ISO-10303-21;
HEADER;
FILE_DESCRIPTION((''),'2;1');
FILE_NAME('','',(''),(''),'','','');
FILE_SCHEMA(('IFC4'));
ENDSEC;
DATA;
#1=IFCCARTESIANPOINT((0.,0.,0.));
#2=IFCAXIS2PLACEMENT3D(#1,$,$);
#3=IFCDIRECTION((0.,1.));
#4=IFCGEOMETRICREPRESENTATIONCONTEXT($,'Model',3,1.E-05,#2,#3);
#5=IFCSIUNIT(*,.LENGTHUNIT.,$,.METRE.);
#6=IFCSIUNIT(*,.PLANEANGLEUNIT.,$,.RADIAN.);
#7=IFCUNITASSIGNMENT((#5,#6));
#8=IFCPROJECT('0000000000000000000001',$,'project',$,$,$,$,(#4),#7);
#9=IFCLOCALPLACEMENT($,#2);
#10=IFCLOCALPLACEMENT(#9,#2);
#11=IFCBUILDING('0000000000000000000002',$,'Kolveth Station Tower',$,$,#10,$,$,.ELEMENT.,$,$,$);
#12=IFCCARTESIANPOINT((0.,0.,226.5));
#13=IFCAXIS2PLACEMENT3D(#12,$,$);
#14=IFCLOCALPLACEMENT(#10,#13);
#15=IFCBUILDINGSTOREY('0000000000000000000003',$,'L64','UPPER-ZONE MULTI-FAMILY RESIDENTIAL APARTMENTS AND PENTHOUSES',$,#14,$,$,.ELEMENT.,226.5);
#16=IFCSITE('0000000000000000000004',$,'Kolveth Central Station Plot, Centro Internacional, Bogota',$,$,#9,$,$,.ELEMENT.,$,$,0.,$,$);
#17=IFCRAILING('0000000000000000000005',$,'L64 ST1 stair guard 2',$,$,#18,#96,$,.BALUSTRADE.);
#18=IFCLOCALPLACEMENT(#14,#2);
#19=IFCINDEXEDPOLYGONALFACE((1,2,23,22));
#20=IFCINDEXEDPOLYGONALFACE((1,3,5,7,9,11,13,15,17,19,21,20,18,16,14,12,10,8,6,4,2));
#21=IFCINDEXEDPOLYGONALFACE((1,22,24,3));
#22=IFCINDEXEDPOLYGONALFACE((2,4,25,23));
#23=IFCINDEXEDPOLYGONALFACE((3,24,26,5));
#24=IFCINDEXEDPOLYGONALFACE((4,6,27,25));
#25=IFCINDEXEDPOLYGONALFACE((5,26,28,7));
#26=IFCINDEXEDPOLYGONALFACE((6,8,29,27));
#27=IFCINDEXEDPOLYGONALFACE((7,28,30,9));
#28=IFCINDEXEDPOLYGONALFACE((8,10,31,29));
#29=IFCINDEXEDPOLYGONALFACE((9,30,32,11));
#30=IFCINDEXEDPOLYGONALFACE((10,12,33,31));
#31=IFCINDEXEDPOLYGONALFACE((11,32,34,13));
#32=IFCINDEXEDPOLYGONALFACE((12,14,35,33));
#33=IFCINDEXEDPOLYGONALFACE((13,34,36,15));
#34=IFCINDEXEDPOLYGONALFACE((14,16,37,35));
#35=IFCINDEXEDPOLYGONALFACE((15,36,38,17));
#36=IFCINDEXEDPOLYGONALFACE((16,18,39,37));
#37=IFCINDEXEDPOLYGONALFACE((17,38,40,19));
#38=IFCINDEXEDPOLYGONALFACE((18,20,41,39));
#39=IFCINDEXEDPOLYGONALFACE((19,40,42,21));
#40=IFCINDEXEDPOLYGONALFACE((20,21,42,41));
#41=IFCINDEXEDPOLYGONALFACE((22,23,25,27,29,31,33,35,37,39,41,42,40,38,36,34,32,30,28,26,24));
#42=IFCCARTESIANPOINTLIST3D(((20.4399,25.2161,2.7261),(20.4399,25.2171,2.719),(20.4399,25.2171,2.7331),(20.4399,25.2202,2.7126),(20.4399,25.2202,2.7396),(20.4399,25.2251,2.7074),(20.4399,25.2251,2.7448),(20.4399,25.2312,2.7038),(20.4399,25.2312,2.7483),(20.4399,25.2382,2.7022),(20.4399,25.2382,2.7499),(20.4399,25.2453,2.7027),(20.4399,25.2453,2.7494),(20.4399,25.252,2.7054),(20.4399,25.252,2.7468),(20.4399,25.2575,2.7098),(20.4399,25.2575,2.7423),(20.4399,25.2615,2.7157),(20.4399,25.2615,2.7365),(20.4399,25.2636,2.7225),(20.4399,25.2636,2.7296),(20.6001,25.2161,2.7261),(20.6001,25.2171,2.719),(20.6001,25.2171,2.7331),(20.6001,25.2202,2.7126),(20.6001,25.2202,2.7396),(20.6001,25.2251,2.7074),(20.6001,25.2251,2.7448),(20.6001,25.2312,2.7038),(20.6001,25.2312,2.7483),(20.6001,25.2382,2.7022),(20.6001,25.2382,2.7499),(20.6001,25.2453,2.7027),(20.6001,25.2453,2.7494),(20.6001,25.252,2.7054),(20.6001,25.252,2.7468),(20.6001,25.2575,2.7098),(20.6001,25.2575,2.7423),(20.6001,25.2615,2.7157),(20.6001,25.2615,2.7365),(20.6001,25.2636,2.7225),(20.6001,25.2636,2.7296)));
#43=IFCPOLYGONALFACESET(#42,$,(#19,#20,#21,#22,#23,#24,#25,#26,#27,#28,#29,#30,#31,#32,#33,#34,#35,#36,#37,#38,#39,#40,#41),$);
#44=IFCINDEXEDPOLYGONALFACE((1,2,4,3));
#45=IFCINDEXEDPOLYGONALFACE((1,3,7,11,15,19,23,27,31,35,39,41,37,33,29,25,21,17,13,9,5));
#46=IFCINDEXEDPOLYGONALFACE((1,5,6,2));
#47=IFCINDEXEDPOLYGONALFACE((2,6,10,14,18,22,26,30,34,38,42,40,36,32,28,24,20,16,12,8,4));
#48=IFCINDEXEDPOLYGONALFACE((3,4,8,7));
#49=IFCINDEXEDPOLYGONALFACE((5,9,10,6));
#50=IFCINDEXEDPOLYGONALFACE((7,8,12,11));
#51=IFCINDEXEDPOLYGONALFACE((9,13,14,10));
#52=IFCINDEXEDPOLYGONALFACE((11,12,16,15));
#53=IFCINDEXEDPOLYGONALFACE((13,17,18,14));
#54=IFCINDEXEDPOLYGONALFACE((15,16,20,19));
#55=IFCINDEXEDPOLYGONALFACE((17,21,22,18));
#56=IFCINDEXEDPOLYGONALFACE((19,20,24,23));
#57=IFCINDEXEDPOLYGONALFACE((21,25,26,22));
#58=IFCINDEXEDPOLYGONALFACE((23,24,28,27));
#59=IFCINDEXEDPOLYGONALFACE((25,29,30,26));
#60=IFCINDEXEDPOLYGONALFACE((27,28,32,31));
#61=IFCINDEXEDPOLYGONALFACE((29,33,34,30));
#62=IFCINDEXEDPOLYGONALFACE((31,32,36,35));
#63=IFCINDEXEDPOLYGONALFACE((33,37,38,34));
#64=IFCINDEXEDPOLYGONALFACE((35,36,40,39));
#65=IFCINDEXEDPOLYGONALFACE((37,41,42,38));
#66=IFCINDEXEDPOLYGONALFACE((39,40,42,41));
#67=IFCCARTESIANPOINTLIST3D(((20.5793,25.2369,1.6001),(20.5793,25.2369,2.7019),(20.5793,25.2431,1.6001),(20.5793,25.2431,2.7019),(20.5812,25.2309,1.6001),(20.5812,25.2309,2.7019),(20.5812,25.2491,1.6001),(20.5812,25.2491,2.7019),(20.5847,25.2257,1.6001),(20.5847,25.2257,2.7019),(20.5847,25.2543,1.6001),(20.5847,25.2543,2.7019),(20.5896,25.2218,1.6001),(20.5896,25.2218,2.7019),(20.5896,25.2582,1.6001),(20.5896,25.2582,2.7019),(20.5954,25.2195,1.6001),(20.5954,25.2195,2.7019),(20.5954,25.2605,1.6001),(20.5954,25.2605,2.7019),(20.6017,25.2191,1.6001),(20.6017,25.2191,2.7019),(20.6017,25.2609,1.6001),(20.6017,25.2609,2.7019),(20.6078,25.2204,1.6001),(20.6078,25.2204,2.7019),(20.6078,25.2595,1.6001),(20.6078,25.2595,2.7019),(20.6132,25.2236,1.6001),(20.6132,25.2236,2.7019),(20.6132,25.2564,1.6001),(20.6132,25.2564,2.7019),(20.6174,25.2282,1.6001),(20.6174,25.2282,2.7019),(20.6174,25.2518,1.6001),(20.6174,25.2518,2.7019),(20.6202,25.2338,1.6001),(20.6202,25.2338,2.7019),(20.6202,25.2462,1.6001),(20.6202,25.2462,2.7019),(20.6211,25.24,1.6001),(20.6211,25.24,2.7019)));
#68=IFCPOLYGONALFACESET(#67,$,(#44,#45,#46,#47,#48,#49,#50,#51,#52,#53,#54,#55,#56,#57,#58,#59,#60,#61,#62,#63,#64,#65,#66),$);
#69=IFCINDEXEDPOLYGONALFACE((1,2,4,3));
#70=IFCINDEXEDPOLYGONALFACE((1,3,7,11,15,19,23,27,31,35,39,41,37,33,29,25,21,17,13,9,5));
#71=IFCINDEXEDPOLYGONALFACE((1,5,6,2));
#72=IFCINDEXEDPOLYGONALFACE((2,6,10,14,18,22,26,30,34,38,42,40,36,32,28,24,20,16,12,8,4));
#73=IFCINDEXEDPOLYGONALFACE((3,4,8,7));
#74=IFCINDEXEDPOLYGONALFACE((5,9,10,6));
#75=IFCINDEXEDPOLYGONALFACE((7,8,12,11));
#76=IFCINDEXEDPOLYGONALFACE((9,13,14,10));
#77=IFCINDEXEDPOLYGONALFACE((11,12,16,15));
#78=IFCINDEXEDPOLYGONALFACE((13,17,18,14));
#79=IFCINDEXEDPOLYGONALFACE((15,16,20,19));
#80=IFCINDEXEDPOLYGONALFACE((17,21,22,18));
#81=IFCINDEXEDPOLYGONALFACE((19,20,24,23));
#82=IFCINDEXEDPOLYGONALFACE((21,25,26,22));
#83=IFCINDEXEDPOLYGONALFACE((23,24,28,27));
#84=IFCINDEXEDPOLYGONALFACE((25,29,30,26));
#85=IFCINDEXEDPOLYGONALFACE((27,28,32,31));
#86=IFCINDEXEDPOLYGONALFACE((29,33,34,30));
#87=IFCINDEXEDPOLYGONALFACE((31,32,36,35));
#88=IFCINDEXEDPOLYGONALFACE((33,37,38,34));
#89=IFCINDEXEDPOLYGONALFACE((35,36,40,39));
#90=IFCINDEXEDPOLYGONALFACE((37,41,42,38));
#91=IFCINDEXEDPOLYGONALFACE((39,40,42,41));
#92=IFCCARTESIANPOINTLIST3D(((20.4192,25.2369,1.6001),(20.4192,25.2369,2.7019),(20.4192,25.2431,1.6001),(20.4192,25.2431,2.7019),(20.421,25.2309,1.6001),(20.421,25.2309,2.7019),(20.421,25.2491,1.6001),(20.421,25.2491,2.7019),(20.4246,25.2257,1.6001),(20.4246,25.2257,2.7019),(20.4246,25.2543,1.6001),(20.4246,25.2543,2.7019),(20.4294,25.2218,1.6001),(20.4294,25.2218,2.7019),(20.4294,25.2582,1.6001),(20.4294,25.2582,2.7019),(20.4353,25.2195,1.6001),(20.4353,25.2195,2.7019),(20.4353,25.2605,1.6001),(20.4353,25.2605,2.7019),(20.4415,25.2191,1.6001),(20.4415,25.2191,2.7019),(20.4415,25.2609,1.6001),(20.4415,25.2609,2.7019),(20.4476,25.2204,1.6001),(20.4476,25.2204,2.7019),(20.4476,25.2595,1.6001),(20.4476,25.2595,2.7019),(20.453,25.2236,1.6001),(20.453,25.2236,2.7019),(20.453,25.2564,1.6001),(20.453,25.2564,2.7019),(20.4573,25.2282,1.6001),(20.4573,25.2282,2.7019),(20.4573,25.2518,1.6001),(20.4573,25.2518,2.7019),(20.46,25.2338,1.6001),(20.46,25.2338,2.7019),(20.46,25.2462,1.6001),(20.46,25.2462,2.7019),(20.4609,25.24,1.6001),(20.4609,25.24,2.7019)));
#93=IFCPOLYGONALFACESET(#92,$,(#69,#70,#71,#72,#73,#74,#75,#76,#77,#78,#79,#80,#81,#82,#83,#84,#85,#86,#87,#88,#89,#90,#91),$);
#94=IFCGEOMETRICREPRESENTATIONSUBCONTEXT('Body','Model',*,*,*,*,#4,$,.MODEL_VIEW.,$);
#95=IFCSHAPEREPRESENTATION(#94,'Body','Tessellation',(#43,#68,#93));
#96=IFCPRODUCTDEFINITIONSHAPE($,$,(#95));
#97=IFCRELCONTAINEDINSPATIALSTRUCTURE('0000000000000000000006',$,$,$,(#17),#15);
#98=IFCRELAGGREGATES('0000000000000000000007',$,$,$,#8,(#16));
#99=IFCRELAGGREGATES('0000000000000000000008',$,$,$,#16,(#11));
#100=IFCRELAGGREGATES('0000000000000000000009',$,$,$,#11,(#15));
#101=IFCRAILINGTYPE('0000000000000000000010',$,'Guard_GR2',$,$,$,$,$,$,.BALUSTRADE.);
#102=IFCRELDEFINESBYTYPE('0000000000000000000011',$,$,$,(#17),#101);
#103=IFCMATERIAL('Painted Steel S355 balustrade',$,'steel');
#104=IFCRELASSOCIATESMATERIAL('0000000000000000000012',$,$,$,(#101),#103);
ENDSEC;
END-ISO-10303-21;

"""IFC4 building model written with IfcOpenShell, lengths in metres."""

from ifc_helpers import new_model, si_unit, direction, frame, origin, origin_2d, place, context, subcontext, project, spatial, circle, extrude, material, type_object, element, save


model = new_model("IFC4")

# Units and contexts
model_context = context("Model", 3, precision=1e-05, world=origin(), true_north=direction((0.0, 1.0)))
body_context = subcontext(model_context, "Body", "Model", "MODEL_VIEW")
ifc_project = project(units=[si_unit("LENGTHUNIT", "METRE"), si_unit("PLANEANGLEUNIT", "RADIAN")], contexts=[model_context])

# Site, building, storey
site_placement = place(None, origin())
site = spatial("IfcSite", under=ifc_project, at=site_placement, Name="Kolveth Central Station Plot, Centro Internacional, Bogota", CompositionType="ELEMENT", RefElevation=0.0)
building_placement = place(site_placement, origin())
building = spatial("IfcBuilding", under=site, at=building_placement, Name="Kolveth Station Tower", CompositionType="ELEMENT")
storey_placement = place(building_placement, frame((0.0, 0.0, 226.5)))
storey = spatial("IfcBuildingStorey", under=building, at=storey_placement, Name="L64", Description="UPPER-ZONE MULTI-FAMILY RESIDENTIAL APARTMENTS AND PENTHOUSES", CompositionType="ELEMENT", Elevation=226.5)

# Railing
ifc_material_1 = material(Name="Painted Steel S355 balustrade", Category="steel")
railing_type_1 = type_object("IfcRailingType", Name="Guard_GR2", PredefinedType="BALUSTRADE", material=ifc_material_1)
railing_1_placement = place(storey_placement, frame((20.6001, 25.24, 1.6001)))
element("IfcRailing", 1, at=railing_1_placement, inside=storey, type_object=railing_type_1, Name="L64 ST1 stair guard 2", PredefinedType="BALUSTRADE", context=body_context, shape_type="SweptSolid", body=[
    extrude(circle(Radius=0.0239, at=origin_2d()), frame((0.0, 0.0, 1.126), z_axis=(-1.0, 0.0, 0.0), x_axis=(0.0, -1.0, 0.0)), (0.0, 0.0, 1.0), 0.1602),
    extrude(circle(Radius=0.021, at=origin_2d()), origin(), (0.0, 0.0, 1.0), 1.1018),
    extrude(circle(Radius=0.021, at=origin_2d()), frame((-0.1602, 0.0, 0.0)), (0.0, 0.0, 1.0), 1.1018),
])

save(model, "model.ifc")
